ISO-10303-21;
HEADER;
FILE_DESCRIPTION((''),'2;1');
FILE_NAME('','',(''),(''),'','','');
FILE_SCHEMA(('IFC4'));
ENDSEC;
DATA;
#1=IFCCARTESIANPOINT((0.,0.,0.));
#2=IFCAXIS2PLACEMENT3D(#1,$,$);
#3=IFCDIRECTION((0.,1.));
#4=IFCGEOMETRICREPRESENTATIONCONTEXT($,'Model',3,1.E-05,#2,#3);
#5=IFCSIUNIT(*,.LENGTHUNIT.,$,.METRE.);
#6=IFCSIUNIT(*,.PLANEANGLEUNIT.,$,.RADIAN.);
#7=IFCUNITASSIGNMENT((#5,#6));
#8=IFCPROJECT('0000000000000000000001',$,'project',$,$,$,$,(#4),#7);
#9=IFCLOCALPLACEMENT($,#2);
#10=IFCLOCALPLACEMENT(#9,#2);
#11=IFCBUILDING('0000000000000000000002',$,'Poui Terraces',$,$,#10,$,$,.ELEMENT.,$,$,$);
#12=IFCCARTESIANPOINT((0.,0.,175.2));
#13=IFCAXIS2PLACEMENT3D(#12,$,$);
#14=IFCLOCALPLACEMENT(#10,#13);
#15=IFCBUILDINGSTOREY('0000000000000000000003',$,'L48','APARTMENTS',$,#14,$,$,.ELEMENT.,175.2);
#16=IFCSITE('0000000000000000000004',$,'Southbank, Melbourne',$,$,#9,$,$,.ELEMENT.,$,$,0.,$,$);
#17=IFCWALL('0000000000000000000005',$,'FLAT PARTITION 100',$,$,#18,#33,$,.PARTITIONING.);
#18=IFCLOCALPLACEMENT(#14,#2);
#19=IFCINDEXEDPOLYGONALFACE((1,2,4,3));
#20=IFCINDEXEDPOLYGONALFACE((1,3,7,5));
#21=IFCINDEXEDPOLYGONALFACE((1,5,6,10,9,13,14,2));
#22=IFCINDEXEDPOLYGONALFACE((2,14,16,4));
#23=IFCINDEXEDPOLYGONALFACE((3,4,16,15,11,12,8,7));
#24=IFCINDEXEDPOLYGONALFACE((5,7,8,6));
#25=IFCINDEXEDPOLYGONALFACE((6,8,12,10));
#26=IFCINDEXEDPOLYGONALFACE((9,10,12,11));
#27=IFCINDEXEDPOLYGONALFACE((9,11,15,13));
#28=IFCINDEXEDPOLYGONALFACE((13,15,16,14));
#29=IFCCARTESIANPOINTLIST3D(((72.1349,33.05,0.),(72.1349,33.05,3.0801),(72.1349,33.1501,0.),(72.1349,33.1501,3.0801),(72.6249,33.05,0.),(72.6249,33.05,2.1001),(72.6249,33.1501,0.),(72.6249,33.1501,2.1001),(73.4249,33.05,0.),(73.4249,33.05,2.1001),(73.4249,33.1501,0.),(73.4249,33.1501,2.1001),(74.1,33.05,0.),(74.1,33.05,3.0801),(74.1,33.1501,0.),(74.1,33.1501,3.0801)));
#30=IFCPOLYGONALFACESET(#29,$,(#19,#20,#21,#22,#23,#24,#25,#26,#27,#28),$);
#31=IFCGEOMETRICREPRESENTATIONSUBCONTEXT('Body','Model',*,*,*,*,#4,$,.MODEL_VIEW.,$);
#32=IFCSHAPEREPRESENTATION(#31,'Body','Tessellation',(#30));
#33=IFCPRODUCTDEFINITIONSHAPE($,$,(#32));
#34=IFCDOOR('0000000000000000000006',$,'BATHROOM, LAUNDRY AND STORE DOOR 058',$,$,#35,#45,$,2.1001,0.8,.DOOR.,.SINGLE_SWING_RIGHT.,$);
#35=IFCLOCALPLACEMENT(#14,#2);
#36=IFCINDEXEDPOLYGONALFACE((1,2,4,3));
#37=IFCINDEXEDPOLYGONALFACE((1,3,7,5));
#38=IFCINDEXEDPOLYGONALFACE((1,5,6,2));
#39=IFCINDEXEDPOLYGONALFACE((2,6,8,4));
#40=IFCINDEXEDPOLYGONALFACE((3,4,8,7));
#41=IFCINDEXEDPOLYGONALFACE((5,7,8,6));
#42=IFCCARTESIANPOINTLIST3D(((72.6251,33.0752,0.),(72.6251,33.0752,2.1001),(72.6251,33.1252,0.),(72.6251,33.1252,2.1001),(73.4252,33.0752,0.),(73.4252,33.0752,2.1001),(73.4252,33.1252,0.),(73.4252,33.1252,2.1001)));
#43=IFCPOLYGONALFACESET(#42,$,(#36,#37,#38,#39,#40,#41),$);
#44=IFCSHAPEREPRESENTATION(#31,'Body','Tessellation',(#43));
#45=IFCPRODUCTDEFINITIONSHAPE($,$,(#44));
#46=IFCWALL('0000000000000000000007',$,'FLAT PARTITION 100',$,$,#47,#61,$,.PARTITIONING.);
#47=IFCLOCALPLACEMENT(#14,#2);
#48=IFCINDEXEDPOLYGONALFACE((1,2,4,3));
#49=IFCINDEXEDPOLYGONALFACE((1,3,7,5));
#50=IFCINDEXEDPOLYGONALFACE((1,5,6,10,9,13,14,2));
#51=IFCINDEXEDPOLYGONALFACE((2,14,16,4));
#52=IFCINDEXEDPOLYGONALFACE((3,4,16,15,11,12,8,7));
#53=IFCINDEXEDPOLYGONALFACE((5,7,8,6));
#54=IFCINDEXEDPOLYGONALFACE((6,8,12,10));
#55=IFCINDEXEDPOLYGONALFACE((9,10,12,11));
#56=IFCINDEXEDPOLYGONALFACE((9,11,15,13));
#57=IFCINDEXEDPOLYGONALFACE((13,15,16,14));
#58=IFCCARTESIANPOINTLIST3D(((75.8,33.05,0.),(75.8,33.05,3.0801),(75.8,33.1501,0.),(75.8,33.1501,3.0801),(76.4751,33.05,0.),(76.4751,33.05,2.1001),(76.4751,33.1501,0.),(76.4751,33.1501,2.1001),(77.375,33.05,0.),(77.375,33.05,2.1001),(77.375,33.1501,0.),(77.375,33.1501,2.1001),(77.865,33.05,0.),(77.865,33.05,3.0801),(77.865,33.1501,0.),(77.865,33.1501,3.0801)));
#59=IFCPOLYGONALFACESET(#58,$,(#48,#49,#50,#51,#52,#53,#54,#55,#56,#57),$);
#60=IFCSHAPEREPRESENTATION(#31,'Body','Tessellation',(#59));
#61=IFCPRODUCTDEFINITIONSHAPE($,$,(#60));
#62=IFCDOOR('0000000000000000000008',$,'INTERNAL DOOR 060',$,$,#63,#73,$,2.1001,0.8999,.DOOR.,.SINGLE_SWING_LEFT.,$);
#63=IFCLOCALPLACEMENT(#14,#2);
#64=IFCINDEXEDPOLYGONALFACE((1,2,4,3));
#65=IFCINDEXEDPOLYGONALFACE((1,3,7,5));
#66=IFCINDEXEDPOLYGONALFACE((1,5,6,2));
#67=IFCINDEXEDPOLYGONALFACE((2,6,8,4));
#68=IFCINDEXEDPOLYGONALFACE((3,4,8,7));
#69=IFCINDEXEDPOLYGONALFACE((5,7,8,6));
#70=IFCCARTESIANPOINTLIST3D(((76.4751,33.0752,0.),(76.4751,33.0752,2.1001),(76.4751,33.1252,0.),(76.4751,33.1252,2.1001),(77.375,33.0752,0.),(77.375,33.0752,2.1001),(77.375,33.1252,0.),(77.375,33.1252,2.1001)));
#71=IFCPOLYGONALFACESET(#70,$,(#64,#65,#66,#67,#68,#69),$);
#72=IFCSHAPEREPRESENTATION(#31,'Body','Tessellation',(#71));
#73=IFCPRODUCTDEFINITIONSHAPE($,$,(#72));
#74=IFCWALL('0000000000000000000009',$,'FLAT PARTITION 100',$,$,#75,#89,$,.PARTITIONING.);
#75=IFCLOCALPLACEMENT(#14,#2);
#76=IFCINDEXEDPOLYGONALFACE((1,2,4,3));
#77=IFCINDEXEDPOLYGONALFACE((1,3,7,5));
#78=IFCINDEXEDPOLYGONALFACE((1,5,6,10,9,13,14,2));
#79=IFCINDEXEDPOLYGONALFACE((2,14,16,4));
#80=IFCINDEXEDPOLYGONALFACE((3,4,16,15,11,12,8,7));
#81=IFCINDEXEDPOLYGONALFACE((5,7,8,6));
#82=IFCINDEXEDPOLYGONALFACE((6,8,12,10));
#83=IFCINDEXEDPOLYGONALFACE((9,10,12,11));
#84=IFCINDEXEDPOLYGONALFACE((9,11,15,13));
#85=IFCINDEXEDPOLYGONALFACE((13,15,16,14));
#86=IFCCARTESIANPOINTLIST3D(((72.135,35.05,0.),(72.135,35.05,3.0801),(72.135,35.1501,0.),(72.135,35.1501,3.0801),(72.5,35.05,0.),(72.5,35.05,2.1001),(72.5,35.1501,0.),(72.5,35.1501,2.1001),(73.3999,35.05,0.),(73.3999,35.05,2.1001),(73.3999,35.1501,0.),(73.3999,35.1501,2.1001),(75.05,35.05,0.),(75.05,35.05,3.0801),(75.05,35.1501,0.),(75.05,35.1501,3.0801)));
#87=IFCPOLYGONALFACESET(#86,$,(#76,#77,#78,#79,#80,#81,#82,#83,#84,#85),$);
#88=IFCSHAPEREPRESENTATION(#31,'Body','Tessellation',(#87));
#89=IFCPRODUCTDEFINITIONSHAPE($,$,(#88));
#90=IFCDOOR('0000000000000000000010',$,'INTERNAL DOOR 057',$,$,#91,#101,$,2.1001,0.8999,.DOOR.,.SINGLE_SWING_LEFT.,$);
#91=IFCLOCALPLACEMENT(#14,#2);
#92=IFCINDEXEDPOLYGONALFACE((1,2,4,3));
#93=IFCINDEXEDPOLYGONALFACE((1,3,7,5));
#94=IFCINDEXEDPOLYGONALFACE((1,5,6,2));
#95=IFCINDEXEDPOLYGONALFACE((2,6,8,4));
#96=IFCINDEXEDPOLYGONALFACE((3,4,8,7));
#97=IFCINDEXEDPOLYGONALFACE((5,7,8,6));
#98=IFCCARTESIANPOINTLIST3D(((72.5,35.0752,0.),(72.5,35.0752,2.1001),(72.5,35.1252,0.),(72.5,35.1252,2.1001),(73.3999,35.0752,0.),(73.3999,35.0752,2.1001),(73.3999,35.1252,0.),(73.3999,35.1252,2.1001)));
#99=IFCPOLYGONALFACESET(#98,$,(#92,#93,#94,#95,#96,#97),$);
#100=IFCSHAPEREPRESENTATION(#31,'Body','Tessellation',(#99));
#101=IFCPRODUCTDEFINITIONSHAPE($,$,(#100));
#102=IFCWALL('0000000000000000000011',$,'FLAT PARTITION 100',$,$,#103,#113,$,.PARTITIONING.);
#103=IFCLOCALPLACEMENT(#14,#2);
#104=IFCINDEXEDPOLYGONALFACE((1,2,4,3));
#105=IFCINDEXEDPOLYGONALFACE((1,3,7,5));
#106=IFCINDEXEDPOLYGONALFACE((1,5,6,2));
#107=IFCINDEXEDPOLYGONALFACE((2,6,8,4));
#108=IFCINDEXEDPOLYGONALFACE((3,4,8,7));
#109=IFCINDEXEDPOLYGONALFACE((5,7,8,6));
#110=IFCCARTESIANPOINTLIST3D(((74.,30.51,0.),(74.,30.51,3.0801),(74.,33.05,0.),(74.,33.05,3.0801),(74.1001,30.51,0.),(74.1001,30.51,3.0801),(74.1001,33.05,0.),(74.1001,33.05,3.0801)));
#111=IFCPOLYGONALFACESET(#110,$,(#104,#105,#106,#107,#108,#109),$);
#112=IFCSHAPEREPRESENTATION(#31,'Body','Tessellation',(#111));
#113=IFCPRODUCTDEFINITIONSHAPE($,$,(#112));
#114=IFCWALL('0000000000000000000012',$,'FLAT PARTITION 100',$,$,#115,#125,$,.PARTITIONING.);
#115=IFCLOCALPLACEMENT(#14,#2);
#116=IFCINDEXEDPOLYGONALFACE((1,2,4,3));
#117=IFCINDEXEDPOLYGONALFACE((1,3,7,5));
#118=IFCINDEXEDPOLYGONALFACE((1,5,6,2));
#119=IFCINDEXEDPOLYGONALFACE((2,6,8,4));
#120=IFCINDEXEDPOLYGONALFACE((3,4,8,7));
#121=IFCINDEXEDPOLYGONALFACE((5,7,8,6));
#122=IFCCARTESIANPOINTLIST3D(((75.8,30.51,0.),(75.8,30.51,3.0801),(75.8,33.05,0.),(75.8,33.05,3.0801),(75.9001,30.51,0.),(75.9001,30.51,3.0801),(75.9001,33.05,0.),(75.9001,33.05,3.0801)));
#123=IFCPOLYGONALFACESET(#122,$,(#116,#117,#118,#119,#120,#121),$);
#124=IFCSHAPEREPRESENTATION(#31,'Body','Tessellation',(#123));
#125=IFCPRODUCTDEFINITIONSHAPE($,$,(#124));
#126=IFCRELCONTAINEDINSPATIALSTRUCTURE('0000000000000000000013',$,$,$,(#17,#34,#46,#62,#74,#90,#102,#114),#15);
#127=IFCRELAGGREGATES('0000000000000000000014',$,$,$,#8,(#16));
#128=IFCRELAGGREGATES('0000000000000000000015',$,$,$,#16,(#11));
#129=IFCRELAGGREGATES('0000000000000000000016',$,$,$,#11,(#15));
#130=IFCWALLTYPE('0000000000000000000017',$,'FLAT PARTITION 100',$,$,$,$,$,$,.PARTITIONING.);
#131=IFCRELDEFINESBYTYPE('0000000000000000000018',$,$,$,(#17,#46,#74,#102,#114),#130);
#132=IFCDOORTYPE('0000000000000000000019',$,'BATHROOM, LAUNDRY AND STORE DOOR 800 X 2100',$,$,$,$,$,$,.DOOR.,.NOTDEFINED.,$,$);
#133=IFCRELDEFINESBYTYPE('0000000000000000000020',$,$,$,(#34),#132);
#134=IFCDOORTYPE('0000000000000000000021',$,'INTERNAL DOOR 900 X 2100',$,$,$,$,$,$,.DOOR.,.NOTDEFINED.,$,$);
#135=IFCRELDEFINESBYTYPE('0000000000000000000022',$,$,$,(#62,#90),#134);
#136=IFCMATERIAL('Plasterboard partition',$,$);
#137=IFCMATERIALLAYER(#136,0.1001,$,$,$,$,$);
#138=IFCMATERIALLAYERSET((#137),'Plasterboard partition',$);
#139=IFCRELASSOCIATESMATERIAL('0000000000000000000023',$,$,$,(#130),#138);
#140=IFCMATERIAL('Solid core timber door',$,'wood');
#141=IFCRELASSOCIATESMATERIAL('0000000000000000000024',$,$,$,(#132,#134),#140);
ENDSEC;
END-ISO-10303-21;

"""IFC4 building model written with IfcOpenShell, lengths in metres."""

from ifc_helpers import new_model, si_unit, direction, frame, frame_2d, origin, place, context, subcontext, project, spatial, rectangle, extrude, material, layer, layer_set, type_object, element, fill, save


model = new_model("IFC4")

# Units and contexts
model_context = context("Model", 3, precision=1e-05, world=origin(), true_north=direction((0.0, 1.0)))
body_context = subcontext(model_context, "Body", "Model", "MODEL_VIEW")
ifc_project = project(units=[si_unit("LENGTHUNIT", "METRE"), si_unit("PLANEANGLEUNIT", "RADIAN")], contexts=[model_context])

# Site, building, storey
site_placement = place(None, origin())
site = spatial("IfcSite", under=ifc_project, at=site_placement, Name="Southbank, Melbourne", CompositionType="ELEMENT", RefElevation=0.0)
building_placement = place(site_placement, origin())
building = spatial("IfcBuilding", under=site, at=building_placement, Name="Poui Terraces", CompositionType="ELEMENT")
storey_placement = place(building_placement, frame((0.0, 0.0, 175.2)))
storey = spatial("IfcBuildingStorey", under=building, at=storey_placement, Name="L48", Description="APARTMENTS", CompositionType="ELEMENT", Elevation=175.2)

# Walls, openings, doors
ifc_material_1 = material(Name="Plasterboard partition")
ifc_layer = layer(ifc_material_1, 0.1001)
ifc_layer_set = layer_set([ifc_layer], Name="Plasterboard partition")
wall_type = type_object("IfcWallType", Name="FLAT PARTITION 100", PredefinedType="PARTITIONING", material=ifc_layer_set)
wall_1_placement = place(storey_placement, frame((72.135, 33.1001, 0.0), z_axis=(0.0, 0.0, 1.0), x_axis=(1.0, 0.0, 0.0)))
wall_1 = element("IfcWall", 1, at=wall_1_placement, inside=storey, type_object=wall_type, Name="FLAT PARTITION 100", PredefinedType="PARTITIONING", context=body_context, shape_type="SweptSolid", body=[
    extrude(rectangle(XDim=1.9651, YDim=0.1001, at=frame_2d((0.9824, 0.0))), origin(), (0.0, 0.0, 1.0), 3.0801),
])
opening_1_placement = place(wall_1_placement, frame((0.49, 0.0, 0.0)))
opening_1 = element("IfcOpeningElement", 2, at=opening_1_placement, cuts=wall_1, PredefinedType="OPENING", context=body_context, shape_type="SweptSolid", body=[
    extrude(rectangle(XDim=0.8, YDim=2.1001, at=frame_2d((0.3999, 1.05))), frame((0.0, 0.0601, 0.0), z_axis=(0.0, -1.0, 0.0), x_axis=(1.0, 0.0, 0.0)), (0.0, 0.0, 1.0), 0.1201),
])
ifc_material_2 = material(Name="Solid core timber door", Category="wood")
door_type_1 = type_object("IfcDoorType", Name="BATHROOM, LAUNDRY AND STORE DOOR 800 X 2100", OperationType="NOTDEFINED", PredefinedType="DOOR", material=ifc_material_2)
door_1_placement = place(opening_1_placement, frame((0.8, 0.0, 0.0), z_axis=(0.0, 0.0, 1.0), x_axis=(-1.0, 0.0, 0.0)))
door_1 = element("IfcDoor", 3, at=door_1_placement, inside=storey, type_object=door_type_1, Name="BATHROOM, LAUNDRY AND STORE DOOR 058", OperationType="SINGLE_SWING_RIGHT", OverallHeight=2.1001, OverallWidth=0.8, PredefinedType="DOOR", context=body_context, shape_type="SweptSolid", body=[
    extrude(rectangle(XDim=0.8, YDim=2.1001, at=frame_2d((0.3999, 1.05))), frame((0.0, 0.0249, 0.0), z_axis=(0.0, -1.0, 0.0), x_axis=(1.0, 0.0, 0.0)), (0.0, 0.0, 1.0), 0.05),
])
fill(opening_1, door_1)
wall_2_placement = place(storey_placement, frame((75.8, 33.1001, 0.0), z_axis=(0.0, 0.0, 1.0), x_axis=(1.0, 0.0, 0.0)))
wall_2 = element("IfcWall", 4, at=wall_2_placement, inside=storey, type_object=wall_type, Name="FLAT PARTITION 100", PredefinedType="PARTITIONING", context=body_context, shape_type="SweptSolid", body=[
    extrude(rectangle(XDim=2.0649, YDim=0.1001, at=frame_2d((1.0325, 0.0))), origin(), (0.0, 0.0, 1.0), 3.0801),
])
opening_2_placement = place(wall_2_placement, frame((0.675, 0.0, 0.0)))
opening_2 = element("IfcOpeningElement", 5, at=opening_2_placement, cuts=wall_2, PredefinedType="OPENING", context=body_context, shape_type="SweptSolid", body=[
    extrude(rectangle(XDim=0.8999, YDim=2.1001, at=frame_2d((0.45, 1.05))), frame((0.0, 0.0601, 0.0), z_axis=(0.0, -1.0, 0.0), x_axis=(1.0, 0.0, 0.0)), (0.0, 0.0, 1.0), 0.1201),
])
door_type_2 = type_object("IfcDoorType", Name="INTERNAL DOOR 900 X 2100", OperationType="NOTDEFINED", PredefinedType="DOOR", material=ifc_material_2)
door_2_placement = place(opening_2_placement, frame((0.8999, 0.0, 0.0), z_axis=(0.0, 0.0, 1.0), x_axis=(-1.0, 0.0, 0.0)))
door_2 = element("IfcDoor", 6, at=door_2_placement, inside=storey, type_object=door_type_2, Name="INTERNAL DOOR 060", OperationType="SINGLE_SWING_LEFT", OverallHeight=2.1001, OverallWidth=0.8999, PredefinedType="DOOR", context=body_context, shape_type="SweptSolid", body=[
    extrude(rectangle(XDim=0.8999, YDim=2.1001, at=frame_2d((0.45, 1.05))), frame((0.0, 0.0249, 0.0), z_axis=(0.0, -1.0, 0.0), x_axis=(1.0, 0.0, 0.0)), (0.0, 0.0, 1.0), 0.05),
])
fill(opening_2, door_2)
wall_3_placement = place(storey_placement, frame((72.135, 35.1001, 0.0), z_axis=(0.0, 0.0, 1.0), x_axis=(1.0, 0.0, 0.0)))
wall_3 = element("IfcWall", 7, at=wall_3_placement, inside=storey, type_object=wall_type, Name="FLAT PARTITION 100", PredefinedType="PARTITIONING", context=body_context, shape_type="SweptSolid", body=[
    extrude(rectangle(XDim=2.915, YDim=0.1001, at=frame_2d((1.4575, 0.0))), origin(), (0.0, 0.0, 1.0), 3.0801),
])
opening_3_placement = place(wall_3_placement, frame((0.365, 0.0, 0.0)))
opening_3 = element("IfcOpeningElement", 8, at=opening_3_placement, cuts=wall_3, PredefinedType="OPENING", context=body_context, shape_type="SweptSolid", body=[
    extrude(rectangle(XDim=0.8999, YDim=2.1001, at=frame_2d((0.45, 1.05))), frame((0.0, 0.0601, 0.0), z_axis=(0.0, -1.0, 0.0), x_axis=(1.0, 0.0, 0.0)), (0.0, 0.0, 1.0), 0.1201),
])
door_3_placement = place(opening_3_placement, frame((0.8999, 0.0, 0.0), z_axis=(0.0, 0.0, 1.0), x_axis=(-1.0, 0.0, 0.0)))
door_3 = element("IfcDoor", 9, at=door_3_placement, inside=storey, type_object=door_type_2, Name="INTERNAL DOOR 057", OperationType="SINGLE_SWING_LEFT", OverallHeight=2.1001, OverallWidth=0.8999, PredefinedType="DOOR", context=body_context, shape_type="SweptSolid", body=[
    extrude(rectangle(XDim=0.8999, YDim=2.1001, at=frame_2d((0.45, 1.05))), frame((0.0, 0.0249, 0.0), z_axis=(0.0, -1.0, 0.0), x_axis=(1.0, 0.0, 0.0)), (0.0, 0.0, 1.0), 0.05),
])
fill(opening_3, door_3)

# Walls
for number, where, z_axis, x_axis, name in (
    (10, (74.05, 30.51, 0.0), (0.0, 0.0, 1.0), (0.0, 1.0, 0.0), "FLAT PARTITION 100"),
    (11, (75.8501, 30.51, 0.0), (0.0, 0.0, 1.0), (0.0, 1.0, 0.0), "FLAT PARTITION 100"),
):
    element("IfcWall", number, at=place(storey_placement, frame(where, z_axis=z_axis, x_axis=x_axis)), inside=storey, type_object=wall_type, Name=name, PredefinedType="PARTITIONING", context=body_context, shape_type="SweptSolid", body=[
        extrude(rectangle(XDim=2.54, YDim=0.1001, at=frame_2d((1.27, 0.0))), origin(), (0.0, 0.0, 1.0), 3.0801),
    ])

save(model, "model.ifc")
